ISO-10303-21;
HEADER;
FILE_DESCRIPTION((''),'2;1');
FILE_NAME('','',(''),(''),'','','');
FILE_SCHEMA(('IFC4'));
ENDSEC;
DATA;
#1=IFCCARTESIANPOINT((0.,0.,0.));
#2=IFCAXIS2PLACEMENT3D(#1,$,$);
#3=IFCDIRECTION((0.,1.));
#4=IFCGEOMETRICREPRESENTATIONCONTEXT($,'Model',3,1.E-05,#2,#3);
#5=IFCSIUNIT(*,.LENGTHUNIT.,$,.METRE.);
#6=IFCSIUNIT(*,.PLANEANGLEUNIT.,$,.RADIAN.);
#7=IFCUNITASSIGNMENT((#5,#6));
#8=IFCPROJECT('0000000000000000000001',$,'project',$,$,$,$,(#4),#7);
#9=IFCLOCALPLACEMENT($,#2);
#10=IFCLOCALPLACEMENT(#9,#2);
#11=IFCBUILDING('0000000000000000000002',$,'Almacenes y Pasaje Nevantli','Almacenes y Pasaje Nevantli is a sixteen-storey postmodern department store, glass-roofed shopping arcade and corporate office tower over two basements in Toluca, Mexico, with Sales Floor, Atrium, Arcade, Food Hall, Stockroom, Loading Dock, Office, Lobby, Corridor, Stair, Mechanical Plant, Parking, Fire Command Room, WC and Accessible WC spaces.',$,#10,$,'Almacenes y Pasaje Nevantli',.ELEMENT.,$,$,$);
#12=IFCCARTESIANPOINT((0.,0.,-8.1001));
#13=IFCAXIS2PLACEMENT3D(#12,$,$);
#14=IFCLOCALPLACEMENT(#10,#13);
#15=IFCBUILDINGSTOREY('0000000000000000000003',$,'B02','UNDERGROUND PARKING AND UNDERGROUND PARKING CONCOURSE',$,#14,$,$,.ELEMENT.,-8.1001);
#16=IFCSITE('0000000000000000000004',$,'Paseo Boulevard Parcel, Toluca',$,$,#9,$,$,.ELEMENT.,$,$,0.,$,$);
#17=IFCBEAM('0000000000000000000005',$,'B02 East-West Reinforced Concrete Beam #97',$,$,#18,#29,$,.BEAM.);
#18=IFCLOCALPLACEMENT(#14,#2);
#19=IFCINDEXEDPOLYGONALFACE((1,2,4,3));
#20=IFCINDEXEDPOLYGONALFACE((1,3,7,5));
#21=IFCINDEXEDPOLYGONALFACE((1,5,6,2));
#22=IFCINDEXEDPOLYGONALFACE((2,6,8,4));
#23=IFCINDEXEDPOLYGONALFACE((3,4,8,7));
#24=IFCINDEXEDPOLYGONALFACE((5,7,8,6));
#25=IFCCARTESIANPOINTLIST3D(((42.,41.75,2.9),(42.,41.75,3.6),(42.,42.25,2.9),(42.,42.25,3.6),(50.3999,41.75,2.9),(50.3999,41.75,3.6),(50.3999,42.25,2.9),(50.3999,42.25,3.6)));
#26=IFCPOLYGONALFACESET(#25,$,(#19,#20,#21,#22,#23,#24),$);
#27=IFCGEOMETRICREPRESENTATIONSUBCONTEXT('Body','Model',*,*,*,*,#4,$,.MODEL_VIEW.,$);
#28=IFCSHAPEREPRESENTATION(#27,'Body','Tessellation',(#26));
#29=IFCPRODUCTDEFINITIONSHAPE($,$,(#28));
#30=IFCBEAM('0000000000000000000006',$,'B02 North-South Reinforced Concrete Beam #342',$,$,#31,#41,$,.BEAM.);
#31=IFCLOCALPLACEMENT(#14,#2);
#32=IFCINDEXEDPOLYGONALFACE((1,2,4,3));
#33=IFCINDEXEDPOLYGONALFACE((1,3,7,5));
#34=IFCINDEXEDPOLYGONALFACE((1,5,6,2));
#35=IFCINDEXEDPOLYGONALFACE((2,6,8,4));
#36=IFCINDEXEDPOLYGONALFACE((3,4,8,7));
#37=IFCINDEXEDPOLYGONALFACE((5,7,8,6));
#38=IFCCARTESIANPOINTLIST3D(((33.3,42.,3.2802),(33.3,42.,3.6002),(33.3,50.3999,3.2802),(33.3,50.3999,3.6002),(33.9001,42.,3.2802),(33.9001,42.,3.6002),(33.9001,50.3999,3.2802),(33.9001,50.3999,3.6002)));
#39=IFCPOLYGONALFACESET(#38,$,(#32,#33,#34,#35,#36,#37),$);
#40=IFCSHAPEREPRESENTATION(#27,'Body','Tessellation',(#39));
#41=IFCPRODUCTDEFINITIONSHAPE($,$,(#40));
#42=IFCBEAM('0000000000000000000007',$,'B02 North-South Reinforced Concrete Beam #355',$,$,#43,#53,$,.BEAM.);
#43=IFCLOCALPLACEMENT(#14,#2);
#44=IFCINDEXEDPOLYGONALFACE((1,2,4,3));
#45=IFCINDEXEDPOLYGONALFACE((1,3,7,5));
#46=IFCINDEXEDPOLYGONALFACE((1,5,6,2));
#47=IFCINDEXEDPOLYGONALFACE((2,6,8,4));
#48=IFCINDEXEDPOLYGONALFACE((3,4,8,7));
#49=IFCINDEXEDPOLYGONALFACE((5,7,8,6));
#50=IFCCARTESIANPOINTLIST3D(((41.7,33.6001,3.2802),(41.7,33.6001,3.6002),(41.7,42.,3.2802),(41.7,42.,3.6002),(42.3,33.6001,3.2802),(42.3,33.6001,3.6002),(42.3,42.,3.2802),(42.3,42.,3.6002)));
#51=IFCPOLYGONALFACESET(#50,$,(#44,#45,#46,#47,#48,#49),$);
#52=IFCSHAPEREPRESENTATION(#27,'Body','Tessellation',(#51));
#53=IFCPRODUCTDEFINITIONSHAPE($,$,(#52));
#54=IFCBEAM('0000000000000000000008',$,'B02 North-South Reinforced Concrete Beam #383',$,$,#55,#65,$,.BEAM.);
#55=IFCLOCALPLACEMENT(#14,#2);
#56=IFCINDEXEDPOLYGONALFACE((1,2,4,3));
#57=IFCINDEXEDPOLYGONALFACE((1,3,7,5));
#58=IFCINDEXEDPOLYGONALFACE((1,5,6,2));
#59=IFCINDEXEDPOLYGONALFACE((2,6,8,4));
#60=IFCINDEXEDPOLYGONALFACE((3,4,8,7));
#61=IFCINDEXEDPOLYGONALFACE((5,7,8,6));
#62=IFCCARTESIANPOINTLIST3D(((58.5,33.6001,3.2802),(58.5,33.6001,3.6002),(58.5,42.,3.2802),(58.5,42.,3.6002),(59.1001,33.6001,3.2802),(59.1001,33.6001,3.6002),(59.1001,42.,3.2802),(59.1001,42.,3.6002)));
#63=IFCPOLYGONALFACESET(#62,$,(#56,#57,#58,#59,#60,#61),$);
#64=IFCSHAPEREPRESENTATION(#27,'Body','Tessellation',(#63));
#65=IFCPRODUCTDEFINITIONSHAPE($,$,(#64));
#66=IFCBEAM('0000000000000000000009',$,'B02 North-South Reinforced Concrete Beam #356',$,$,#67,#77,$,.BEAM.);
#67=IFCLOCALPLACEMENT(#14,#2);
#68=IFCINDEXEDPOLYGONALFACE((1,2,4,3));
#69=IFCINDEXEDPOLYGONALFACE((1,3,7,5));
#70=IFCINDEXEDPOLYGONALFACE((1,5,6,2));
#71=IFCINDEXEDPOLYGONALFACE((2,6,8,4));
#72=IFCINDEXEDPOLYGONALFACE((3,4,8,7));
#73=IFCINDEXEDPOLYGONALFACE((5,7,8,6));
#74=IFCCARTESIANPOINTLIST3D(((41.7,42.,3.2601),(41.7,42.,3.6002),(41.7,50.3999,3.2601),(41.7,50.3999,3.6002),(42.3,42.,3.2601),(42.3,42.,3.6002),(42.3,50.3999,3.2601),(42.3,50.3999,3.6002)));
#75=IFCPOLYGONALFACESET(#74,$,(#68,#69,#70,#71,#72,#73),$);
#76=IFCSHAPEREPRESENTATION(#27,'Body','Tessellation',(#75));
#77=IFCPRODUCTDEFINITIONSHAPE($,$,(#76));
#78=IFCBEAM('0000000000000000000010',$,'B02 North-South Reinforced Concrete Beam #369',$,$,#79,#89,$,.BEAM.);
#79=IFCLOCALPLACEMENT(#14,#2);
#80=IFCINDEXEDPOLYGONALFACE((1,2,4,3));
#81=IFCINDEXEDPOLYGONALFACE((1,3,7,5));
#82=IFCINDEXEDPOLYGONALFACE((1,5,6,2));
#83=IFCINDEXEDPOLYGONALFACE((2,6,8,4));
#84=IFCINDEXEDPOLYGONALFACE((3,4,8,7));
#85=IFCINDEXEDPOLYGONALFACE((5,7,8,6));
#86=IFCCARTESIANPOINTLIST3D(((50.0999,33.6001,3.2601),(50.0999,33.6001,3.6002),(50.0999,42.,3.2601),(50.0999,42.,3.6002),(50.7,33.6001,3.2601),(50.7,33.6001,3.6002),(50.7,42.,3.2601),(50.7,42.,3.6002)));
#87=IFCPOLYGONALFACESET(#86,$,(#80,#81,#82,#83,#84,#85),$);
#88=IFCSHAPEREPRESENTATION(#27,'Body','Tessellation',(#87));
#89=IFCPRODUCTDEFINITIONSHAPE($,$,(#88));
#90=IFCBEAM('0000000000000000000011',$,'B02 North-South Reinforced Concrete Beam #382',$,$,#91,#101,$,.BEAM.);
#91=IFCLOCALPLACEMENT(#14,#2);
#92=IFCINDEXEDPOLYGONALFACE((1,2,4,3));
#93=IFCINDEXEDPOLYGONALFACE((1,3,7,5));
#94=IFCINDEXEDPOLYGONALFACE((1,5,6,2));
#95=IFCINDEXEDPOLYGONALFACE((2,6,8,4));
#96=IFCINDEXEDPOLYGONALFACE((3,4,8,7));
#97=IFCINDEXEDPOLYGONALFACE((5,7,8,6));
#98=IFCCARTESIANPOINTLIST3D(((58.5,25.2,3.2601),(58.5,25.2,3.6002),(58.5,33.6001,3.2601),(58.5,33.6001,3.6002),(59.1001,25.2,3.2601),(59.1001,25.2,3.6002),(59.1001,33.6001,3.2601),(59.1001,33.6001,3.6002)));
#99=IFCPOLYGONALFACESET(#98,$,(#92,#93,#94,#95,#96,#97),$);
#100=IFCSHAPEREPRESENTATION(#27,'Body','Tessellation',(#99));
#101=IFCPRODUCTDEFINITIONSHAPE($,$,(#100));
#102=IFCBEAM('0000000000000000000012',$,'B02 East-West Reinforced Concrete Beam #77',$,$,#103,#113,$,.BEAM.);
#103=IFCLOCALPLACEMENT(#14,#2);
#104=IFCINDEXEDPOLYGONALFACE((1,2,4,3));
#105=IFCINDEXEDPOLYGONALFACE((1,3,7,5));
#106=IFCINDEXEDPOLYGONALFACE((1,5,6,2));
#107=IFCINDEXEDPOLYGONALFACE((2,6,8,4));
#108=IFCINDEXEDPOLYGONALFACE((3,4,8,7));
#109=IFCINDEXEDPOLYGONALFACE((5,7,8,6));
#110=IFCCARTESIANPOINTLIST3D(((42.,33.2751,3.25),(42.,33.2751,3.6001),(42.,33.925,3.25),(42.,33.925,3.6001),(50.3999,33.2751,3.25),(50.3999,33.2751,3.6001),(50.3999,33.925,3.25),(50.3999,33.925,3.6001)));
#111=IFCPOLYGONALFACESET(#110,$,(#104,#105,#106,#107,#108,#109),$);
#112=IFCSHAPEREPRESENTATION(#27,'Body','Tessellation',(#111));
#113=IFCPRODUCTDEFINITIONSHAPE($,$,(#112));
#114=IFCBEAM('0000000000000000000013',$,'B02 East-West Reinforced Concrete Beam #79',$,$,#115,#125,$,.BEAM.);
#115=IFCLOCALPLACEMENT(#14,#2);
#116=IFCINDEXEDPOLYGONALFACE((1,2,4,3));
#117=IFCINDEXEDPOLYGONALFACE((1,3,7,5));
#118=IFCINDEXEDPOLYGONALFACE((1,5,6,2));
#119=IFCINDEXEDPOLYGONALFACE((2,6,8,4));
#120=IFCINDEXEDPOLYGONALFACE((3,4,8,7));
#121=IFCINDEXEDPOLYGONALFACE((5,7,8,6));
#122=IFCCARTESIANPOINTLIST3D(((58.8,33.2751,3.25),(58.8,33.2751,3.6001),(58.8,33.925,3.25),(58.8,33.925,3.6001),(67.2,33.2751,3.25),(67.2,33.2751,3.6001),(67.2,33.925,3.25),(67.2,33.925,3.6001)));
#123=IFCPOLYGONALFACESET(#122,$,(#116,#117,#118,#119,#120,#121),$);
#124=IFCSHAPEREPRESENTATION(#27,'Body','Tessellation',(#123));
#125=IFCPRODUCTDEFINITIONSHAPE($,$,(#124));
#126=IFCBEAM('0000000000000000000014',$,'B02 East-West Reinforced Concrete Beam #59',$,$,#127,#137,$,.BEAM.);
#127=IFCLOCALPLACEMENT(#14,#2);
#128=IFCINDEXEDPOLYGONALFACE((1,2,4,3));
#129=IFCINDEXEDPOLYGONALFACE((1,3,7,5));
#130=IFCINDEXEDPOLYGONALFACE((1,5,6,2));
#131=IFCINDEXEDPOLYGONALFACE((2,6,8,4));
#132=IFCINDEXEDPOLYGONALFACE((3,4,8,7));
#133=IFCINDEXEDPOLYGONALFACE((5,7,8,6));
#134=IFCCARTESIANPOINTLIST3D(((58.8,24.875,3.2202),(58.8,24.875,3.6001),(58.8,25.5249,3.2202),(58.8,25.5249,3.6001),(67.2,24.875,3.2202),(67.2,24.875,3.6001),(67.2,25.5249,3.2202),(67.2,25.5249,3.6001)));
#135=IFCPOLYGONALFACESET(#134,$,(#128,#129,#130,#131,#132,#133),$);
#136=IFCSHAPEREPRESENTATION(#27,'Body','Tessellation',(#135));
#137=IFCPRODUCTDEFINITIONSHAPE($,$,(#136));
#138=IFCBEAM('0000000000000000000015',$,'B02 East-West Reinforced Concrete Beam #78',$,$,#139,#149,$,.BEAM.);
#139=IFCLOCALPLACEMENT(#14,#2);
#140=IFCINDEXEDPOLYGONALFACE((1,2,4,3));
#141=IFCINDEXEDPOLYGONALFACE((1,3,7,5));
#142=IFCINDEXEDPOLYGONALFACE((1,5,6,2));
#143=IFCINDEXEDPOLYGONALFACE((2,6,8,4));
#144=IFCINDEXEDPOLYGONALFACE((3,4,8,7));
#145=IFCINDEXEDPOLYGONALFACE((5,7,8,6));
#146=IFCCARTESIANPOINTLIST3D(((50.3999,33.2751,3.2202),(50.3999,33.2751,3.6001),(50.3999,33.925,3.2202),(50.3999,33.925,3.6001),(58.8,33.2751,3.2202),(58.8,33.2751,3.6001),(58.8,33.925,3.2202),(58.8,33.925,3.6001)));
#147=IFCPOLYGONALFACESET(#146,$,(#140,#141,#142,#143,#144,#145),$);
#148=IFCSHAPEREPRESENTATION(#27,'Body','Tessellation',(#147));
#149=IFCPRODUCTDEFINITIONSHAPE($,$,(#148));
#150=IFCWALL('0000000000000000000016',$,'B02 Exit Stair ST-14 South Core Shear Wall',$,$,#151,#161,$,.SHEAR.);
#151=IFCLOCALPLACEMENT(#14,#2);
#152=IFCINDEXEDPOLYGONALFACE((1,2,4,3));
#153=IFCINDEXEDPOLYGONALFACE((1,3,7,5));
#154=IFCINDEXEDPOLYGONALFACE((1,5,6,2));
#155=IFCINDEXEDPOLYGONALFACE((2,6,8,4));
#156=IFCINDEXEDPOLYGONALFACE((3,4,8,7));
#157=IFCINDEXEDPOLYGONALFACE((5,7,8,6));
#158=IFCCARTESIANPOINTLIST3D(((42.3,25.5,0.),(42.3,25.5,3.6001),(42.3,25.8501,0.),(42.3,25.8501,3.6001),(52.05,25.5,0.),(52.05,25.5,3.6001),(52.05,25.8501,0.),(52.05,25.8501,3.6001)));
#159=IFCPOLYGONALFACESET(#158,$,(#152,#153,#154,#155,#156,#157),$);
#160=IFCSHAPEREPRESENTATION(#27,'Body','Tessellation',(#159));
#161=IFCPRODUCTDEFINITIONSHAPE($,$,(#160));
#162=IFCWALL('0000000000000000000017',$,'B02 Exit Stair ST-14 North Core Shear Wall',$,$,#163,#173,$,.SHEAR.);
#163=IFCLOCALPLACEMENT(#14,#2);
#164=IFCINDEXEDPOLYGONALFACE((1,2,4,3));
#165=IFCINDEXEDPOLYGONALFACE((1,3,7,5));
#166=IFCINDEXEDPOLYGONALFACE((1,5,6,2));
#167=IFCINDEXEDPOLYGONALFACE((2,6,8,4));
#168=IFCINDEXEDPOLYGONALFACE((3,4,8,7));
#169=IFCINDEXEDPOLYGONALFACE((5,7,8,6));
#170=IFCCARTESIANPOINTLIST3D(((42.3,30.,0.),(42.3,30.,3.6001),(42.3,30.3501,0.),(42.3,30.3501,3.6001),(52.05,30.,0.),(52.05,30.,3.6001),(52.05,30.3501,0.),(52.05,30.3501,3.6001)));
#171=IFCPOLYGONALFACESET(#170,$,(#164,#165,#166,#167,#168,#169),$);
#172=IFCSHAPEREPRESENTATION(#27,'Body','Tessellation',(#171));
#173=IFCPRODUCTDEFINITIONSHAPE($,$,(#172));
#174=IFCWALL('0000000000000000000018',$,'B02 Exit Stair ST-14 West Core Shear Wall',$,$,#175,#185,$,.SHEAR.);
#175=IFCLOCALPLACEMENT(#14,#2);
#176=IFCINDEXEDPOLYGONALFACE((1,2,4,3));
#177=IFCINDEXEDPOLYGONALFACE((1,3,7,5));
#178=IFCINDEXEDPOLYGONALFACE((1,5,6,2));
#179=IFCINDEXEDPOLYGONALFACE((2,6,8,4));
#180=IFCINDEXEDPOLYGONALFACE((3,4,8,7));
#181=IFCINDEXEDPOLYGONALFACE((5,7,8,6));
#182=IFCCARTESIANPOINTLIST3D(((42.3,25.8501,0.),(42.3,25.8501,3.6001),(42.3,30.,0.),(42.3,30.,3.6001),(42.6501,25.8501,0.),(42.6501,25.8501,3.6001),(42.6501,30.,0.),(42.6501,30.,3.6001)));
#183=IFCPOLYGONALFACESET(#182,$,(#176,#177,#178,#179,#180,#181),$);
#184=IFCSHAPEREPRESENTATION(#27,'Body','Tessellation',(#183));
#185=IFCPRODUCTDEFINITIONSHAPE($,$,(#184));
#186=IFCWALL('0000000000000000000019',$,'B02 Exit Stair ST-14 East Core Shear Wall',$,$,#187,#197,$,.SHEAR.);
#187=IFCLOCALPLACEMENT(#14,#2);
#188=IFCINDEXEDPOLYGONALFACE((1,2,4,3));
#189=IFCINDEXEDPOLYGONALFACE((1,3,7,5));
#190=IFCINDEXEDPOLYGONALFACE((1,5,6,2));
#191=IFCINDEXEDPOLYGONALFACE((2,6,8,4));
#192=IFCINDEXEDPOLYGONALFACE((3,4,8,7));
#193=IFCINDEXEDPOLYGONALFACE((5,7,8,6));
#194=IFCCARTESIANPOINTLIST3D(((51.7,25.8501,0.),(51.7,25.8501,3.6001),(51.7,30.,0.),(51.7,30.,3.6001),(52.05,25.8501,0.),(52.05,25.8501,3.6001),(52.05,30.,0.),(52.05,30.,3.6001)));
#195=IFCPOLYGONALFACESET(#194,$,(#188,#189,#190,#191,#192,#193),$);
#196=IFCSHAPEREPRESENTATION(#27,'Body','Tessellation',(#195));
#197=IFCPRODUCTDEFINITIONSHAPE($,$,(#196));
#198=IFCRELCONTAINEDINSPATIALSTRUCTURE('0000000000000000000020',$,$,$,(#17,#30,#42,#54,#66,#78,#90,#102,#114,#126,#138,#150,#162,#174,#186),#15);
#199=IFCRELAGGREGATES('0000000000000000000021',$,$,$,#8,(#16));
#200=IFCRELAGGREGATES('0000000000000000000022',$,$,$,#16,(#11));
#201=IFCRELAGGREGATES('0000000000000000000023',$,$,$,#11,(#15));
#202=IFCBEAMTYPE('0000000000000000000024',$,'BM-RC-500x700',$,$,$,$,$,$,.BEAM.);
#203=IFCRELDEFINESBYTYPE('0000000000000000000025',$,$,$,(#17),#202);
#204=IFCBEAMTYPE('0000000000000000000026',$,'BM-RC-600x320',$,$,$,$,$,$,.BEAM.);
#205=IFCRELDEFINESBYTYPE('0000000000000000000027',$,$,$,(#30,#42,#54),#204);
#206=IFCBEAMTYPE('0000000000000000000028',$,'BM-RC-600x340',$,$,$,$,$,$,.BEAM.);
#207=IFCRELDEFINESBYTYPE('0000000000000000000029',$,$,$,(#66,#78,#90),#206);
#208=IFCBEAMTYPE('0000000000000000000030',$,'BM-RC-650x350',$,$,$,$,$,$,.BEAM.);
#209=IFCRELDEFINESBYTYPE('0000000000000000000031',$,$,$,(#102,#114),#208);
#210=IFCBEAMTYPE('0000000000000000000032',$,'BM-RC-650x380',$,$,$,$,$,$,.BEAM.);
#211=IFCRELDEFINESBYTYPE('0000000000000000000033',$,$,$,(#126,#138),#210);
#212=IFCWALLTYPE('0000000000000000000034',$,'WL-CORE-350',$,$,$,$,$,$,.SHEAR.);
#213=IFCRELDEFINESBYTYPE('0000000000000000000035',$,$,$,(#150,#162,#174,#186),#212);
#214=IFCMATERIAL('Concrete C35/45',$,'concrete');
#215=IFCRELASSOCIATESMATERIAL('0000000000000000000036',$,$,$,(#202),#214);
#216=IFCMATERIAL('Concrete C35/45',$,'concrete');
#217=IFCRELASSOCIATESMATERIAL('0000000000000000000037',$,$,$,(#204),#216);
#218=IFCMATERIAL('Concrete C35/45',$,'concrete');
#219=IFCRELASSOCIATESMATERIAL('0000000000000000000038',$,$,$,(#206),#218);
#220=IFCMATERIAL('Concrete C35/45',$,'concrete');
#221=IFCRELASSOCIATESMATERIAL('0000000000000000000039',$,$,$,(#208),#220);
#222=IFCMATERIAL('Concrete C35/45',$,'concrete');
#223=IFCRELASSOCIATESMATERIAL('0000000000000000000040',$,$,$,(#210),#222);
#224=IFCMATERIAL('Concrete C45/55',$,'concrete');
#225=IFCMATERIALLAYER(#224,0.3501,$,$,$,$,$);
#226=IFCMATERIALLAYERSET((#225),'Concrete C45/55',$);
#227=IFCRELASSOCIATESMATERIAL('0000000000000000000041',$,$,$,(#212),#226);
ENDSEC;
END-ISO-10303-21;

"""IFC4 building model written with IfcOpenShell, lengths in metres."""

from ifc_helpers import new_model, si_unit, direction, frame, frame_2d, origin, origin_2d, place, context, subcontext, project, spatial, rectangle, extrude, material, layer, layer_set, material_profile, profile_set, type_object, element, save


model = new_model("IFC4")

# Units and contexts
model_context = context("Model", 3, precision=1e-05, world=origin(), true_north=direction((0.0, 1.0)))
body_context = subcontext(model_context, "Body", "Model", "MODEL_VIEW")
ifc_project = project(units=[si_unit("LENGTHUNIT", "METRE"), si_unit("PLANEANGLEUNIT", "RADIAN")], contexts=[model_context])

# Site, building, storey
site_placement = place(None, origin())
site = spatial("IfcSite", under=ifc_project, at=site_placement, Name="Paseo Boulevard Parcel, Toluca", CompositionType="ELEMENT", RefElevation=0.0)
building_placement = place(site_placement, origin())
building = spatial("IfcBuilding", under=site, at=building_placement, Name="Almacenes y Pasaje Nevantli", Description="Almacenes y Pasaje Nevantli is a sixteen-storey postmodern department store, glass-roofed shopping arcade and corporate office tower over two basements in Toluca, Mexico, with Sales Floor, Atrium, Arcade, Food Hall, Stockroom, Loading Dock, Office, Lobby, Corridor, Stair, Mechanical Plant, Parking, Fire Command Room, WC and Accessible WC spaces.", LongName="Almacenes y Pasaje Nevantli", CompositionType="ELEMENT")
storey_placement = place(building_placement, frame((0.0, 0.0, -8.1001)))
storey = spatial("IfcBuildingStorey", under=building, at=storey_placement, Name="B02", Description="UNDERGROUND PARKING AND UNDERGROUND PARKING CONCOURSE", CompositionType="ELEMENT", Elevation=-8.1001)

# Beams
ifc_material_1 = material(Name="Concrete C35/45", Category="concrete")
ifc_material_profile_1 = material_profile(ifc_material_1, rectangle(XDim=0.5, YDim=0.7, at=origin_2d()), Name="RC-BM-500x700")
ifc_profile_set_1 = profile_set([ifc_material_profile_1], Name="Concrete C35/45")
beam_type_1 = type_object("IfcBeamType", Name="BM-RC-500x700", PredefinedType="BEAM", material=ifc_profile_set_1)
beam_1_placement = place(storey_placement, frame((42.0, 42.0, 3.25), z_axis=(1.0, 0.0, 0.0), x_axis=(0.0, 1.0, 0.0)))
element("IfcBeam", 1, at=beam_1_placement, inside=storey, type_object=beam_type_1, Name="B02 East-West Reinforced Concrete Beam #97", PredefinedType="BEAM", context=body_context, shape_type="SweptSolid", body=[
    extrude(rectangle(XDim=0.5, YDim=0.7, at=origin_2d()), origin(), (0.0, 0.0, 1.0), 8.3999),
])
ifc_material_2 = material(Name="Concrete C35/45", Category="concrete")
ifc_material_profile_2 = material_profile(ifc_material_2, rectangle(XDim=0.6001, YDim=0.3201, at=origin_2d()), Name="RC-BM-600x320")
ifc_profile_set_2 = profile_set([ifc_material_profile_2], Name="Concrete C35/45")
beam_type_2 = type_object("IfcBeamType", Name="BM-RC-600x320", PredefinedType="BEAM", material=ifc_profile_set_2)
for number, where, z_axis, x_axis, name in (
    (2, (33.6001, 42.0, 3.4402), (0.0, 1.0, 0.0), (-1.0, 0.0, 0.0), "B02 North-South Reinforced Concrete Beam #342"),
    (3, (42.0, 33.6001, 3.4402), (0.0, 1.0, 0.0), (-1.0, 0.0, 0.0), "B02 North-South Reinforced Concrete Beam #355"),
    (4, (58.8, 33.6001, 3.4402), (0.0, 1.0, 0.0), (-1.0, 0.0, 0.0), "B02 North-South Reinforced Concrete Beam #383"),
):
    element("IfcBeam", number, at=place(storey_placement, frame(where, z_axis=z_axis, x_axis=x_axis)), inside=storey, type_object=beam_type_2, Name=name, PredefinedType="BEAM", context=body_context, shape_type="SweptSolid", body=[
        extrude(rectangle(XDim=0.6001, YDim=0.3201, at=origin_2d()), origin(), (0.0, 0.0, 1.0), 8.3999),
    ])
ifc_material_3 = material(Name="Concrete C35/45", Category="concrete")
ifc_material_profile_3 = material_profile(ifc_material_3, rectangle(XDim=0.6001, YDim=0.3401, at=origin_2d()), Name="RC-BM-600x340")
ifc_profile_set_3 = profile_set([ifc_material_profile_3], Name="Concrete C35/45")
beam_type_3 = type_object("IfcBeamType", Name="BM-RC-600x340", PredefinedType="BEAM", material=ifc_profile_set_3)
for number, where, z_axis, x_axis, name in (
    (5, (42.0, 42.0, 3.4302), (0.0, 1.0, 0.0), (-1.0, 0.0, 0.0), "B02 North-South Reinforced Concrete Beam #356"),
    (6, (50.3999, 33.6001, 3.4302), (0.0, 1.0, 0.0), (-1.0, 0.0, 0.0), "B02 North-South Reinforced Concrete Beam #369"),
):
    element("IfcBeam", number, at=place(storey_placement, frame(where, z_axis=z_axis, x_axis=x_axis)), inside=storey, type_object=beam_type_3, Name=name, PredefinedType="BEAM", context=body_context, shape_type="SweptSolid", body=[
        extrude(rectangle(XDim=0.6001, YDim=0.3401, at=origin_2d()), origin(), (0.0, 0.0, 1.0), 8.3999),
    ])
beam_2_placement = place(storey_placement, frame((58.8, 25.2, 3.4302), z_axis=(0.0, 1.0, 0.0), x_axis=(-1.0, 0.0, 0.0)))
element("IfcBeam", 7, at=beam_2_placement, inside=storey, type_object=beam_type_3, Name="B02 North-South Reinforced Concrete Beam #382", PredefinedType="BEAM", context=body_context, shape_type="SweptSolid", body=[
    extrude(rectangle(XDim=0.6001, YDim=0.3401, at=origin_2d()), origin(), (0.0, 0.0, 1.0), 8.4001),
])
ifc_material_4 = material(Name="Concrete C35/45", Category="concrete")
ifc_material_profile_4 = material_profile(ifc_material_4, rectangle(XDim=0.6499, YDim=0.3501, at=origin_2d()), Name="RC-BM-650x350")
ifc_profile_set_4 = profile_set([ifc_material_profile_4], Name="Concrete C35/45")
beam_type_4 = type_object("IfcBeamType", Name="BM-RC-650x350", PredefinedType="BEAM", material=ifc_profile_set_4)
for number, where, z_axis, x_axis, name in (
    (8, (42.0, 33.6001, 3.425), (1.0, 0.0, 0.0), (0.0, 1.0, 0.0), "B02 East-West Reinforced Concrete Beam #77"),
    (9, (58.8, 33.6001, 3.425), (1.0, 0.0, 0.0), (0.0, 1.0, 0.0), "B02 East-West Reinforced Concrete Beam #79"),
):
    element("IfcBeam", number, at=place(storey_placement, frame(where, z_axis=z_axis, x_axis=x_axis)), inside=storey, type_object=beam_type_4, Name=name, PredefinedType="BEAM", context=body_context, shape_type="SweptSolid", body=[
        extrude(rectangle(XDim=0.6499, YDim=0.3501, at=origin_2d()), origin(), (0.0, 0.0, 1.0), 8.3999),
    ])
ifc_material_5 = material(Name="Concrete C35/45", Category="concrete")
ifc_material_profile_5 = material_profile(ifc_material_5, rectangle(XDim=0.6499, YDim=0.3799, at=origin_2d()), Name="RC-BM-650x380")
ifc_profile_set_5 = profile_set([ifc_material_profile_5], Name="Concrete C35/45")
beam_type_5 = type_object("IfcBeamType", Name="BM-RC-650x380", PredefinedType="BEAM", material=ifc_profile_set_5)
beam_3_placement = place(storey_placement, frame((58.8, 25.2, 3.4102), z_axis=(1.0, 0.0, 0.0), x_axis=(0.0, 1.0, 0.0)))
element("IfcBeam", 10, at=beam_3_placement, inside=storey, type_object=beam_type_5, Name="B02 East-West Reinforced Concrete Beam #59", PredefinedType="BEAM", context=body_context, shape_type="SweptSolid", body=[
    extrude(rectangle(XDim=0.6499, YDim=0.3799, at=origin_2d()), origin(), (0.0, 0.0, 1.0), 8.3999),
])
beam_4_placement = place(storey_placement, frame((50.3999, 33.6001, 3.4102), z_axis=(1.0, 0.0, 0.0), x_axis=(0.0, 1.0, 0.0)))
element("IfcBeam", 11, at=beam_4_placement, inside=storey, type_object=beam_type_5, Name="B02 East-West Reinforced Concrete Beam #78", PredefinedType="BEAM", context=body_context, shape_type="SweptSolid", body=[
    extrude(rectangle(XDim=0.6499, YDim=0.3799, at=origin_2d()), origin(), (0.0, 0.0, 1.0), 8.4001),
])

# Walls
ifc_material_6 = material(Name="Concrete C45/55", Category="concrete")
ifc_layer_1 = layer(ifc_material_6, 0.3501)
ifc_layer_set_1 = layer_set([ifc_layer_1], Name="Concrete C45/55")
wall_type = type_object("IfcWallType", Name="WL-CORE-350", PredefinedType="SHEAR", material=ifc_layer_set_1)
for number, where, z_axis, x_axis, name in (
    (12, (42.3, 25.675, 0.0), (0.0, 0.0, 1.0), (1.0, 0.0, 0.0), "B02 Exit Stair ST-14 South Core Shear Wall"),
    (13, (42.3, 30.175, 0.0), (0.0, 0.0, 1.0), (1.0, 0.0, 0.0), "B02 Exit Stair ST-14 North Core Shear Wall"),
):
    element("IfcWall", number, at=place(storey_placement, frame(where, z_axis=z_axis, x_axis=x_axis)), inside=storey, type_object=wall_type, Name=name, PredefinedType="SHEAR", context=body_context, shape_type="SweptSolid", body=[
        extrude(rectangle(XDim=9.75, YDim=0.3501, at=frame_2d((4.875, 0.0))), origin(), (0.0, 0.0, 1.0), 3.6001),
    ])
for number, where, z_axis, x_axis, name in (
    (14, (42.4751, 25.8501, 0.0), (0.0, 0.0, 1.0), (0.0, 1.0, 0.0), "B02 Exit Stair ST-14 West Core Shear Wall"),
    (15, (51.875, 25.8501, 0.0), (0.0, 0.0, 1.0), (0.0, 1.0, 0.0), "B02 Exit Stair ST-14 East Core Shear Wall"),
):
    element("IfcWall", number, at=place(storey_placement, frame(where, z_axis=z_axis, x_axis=x_axis)), inside=storey, type_object=wall_type, Name=name, PredefinedType="SHEAR", context=body_context, shape_type="SweptSolid", body=[
        extrude(rectangle(XDim=4.1499, YDim=0.3501, at=frame_2d((2.075, 0.0))), origin(), (0.0, 0.0, 1.0), 3.6001),
    ])

save(model, "model.ifc")
